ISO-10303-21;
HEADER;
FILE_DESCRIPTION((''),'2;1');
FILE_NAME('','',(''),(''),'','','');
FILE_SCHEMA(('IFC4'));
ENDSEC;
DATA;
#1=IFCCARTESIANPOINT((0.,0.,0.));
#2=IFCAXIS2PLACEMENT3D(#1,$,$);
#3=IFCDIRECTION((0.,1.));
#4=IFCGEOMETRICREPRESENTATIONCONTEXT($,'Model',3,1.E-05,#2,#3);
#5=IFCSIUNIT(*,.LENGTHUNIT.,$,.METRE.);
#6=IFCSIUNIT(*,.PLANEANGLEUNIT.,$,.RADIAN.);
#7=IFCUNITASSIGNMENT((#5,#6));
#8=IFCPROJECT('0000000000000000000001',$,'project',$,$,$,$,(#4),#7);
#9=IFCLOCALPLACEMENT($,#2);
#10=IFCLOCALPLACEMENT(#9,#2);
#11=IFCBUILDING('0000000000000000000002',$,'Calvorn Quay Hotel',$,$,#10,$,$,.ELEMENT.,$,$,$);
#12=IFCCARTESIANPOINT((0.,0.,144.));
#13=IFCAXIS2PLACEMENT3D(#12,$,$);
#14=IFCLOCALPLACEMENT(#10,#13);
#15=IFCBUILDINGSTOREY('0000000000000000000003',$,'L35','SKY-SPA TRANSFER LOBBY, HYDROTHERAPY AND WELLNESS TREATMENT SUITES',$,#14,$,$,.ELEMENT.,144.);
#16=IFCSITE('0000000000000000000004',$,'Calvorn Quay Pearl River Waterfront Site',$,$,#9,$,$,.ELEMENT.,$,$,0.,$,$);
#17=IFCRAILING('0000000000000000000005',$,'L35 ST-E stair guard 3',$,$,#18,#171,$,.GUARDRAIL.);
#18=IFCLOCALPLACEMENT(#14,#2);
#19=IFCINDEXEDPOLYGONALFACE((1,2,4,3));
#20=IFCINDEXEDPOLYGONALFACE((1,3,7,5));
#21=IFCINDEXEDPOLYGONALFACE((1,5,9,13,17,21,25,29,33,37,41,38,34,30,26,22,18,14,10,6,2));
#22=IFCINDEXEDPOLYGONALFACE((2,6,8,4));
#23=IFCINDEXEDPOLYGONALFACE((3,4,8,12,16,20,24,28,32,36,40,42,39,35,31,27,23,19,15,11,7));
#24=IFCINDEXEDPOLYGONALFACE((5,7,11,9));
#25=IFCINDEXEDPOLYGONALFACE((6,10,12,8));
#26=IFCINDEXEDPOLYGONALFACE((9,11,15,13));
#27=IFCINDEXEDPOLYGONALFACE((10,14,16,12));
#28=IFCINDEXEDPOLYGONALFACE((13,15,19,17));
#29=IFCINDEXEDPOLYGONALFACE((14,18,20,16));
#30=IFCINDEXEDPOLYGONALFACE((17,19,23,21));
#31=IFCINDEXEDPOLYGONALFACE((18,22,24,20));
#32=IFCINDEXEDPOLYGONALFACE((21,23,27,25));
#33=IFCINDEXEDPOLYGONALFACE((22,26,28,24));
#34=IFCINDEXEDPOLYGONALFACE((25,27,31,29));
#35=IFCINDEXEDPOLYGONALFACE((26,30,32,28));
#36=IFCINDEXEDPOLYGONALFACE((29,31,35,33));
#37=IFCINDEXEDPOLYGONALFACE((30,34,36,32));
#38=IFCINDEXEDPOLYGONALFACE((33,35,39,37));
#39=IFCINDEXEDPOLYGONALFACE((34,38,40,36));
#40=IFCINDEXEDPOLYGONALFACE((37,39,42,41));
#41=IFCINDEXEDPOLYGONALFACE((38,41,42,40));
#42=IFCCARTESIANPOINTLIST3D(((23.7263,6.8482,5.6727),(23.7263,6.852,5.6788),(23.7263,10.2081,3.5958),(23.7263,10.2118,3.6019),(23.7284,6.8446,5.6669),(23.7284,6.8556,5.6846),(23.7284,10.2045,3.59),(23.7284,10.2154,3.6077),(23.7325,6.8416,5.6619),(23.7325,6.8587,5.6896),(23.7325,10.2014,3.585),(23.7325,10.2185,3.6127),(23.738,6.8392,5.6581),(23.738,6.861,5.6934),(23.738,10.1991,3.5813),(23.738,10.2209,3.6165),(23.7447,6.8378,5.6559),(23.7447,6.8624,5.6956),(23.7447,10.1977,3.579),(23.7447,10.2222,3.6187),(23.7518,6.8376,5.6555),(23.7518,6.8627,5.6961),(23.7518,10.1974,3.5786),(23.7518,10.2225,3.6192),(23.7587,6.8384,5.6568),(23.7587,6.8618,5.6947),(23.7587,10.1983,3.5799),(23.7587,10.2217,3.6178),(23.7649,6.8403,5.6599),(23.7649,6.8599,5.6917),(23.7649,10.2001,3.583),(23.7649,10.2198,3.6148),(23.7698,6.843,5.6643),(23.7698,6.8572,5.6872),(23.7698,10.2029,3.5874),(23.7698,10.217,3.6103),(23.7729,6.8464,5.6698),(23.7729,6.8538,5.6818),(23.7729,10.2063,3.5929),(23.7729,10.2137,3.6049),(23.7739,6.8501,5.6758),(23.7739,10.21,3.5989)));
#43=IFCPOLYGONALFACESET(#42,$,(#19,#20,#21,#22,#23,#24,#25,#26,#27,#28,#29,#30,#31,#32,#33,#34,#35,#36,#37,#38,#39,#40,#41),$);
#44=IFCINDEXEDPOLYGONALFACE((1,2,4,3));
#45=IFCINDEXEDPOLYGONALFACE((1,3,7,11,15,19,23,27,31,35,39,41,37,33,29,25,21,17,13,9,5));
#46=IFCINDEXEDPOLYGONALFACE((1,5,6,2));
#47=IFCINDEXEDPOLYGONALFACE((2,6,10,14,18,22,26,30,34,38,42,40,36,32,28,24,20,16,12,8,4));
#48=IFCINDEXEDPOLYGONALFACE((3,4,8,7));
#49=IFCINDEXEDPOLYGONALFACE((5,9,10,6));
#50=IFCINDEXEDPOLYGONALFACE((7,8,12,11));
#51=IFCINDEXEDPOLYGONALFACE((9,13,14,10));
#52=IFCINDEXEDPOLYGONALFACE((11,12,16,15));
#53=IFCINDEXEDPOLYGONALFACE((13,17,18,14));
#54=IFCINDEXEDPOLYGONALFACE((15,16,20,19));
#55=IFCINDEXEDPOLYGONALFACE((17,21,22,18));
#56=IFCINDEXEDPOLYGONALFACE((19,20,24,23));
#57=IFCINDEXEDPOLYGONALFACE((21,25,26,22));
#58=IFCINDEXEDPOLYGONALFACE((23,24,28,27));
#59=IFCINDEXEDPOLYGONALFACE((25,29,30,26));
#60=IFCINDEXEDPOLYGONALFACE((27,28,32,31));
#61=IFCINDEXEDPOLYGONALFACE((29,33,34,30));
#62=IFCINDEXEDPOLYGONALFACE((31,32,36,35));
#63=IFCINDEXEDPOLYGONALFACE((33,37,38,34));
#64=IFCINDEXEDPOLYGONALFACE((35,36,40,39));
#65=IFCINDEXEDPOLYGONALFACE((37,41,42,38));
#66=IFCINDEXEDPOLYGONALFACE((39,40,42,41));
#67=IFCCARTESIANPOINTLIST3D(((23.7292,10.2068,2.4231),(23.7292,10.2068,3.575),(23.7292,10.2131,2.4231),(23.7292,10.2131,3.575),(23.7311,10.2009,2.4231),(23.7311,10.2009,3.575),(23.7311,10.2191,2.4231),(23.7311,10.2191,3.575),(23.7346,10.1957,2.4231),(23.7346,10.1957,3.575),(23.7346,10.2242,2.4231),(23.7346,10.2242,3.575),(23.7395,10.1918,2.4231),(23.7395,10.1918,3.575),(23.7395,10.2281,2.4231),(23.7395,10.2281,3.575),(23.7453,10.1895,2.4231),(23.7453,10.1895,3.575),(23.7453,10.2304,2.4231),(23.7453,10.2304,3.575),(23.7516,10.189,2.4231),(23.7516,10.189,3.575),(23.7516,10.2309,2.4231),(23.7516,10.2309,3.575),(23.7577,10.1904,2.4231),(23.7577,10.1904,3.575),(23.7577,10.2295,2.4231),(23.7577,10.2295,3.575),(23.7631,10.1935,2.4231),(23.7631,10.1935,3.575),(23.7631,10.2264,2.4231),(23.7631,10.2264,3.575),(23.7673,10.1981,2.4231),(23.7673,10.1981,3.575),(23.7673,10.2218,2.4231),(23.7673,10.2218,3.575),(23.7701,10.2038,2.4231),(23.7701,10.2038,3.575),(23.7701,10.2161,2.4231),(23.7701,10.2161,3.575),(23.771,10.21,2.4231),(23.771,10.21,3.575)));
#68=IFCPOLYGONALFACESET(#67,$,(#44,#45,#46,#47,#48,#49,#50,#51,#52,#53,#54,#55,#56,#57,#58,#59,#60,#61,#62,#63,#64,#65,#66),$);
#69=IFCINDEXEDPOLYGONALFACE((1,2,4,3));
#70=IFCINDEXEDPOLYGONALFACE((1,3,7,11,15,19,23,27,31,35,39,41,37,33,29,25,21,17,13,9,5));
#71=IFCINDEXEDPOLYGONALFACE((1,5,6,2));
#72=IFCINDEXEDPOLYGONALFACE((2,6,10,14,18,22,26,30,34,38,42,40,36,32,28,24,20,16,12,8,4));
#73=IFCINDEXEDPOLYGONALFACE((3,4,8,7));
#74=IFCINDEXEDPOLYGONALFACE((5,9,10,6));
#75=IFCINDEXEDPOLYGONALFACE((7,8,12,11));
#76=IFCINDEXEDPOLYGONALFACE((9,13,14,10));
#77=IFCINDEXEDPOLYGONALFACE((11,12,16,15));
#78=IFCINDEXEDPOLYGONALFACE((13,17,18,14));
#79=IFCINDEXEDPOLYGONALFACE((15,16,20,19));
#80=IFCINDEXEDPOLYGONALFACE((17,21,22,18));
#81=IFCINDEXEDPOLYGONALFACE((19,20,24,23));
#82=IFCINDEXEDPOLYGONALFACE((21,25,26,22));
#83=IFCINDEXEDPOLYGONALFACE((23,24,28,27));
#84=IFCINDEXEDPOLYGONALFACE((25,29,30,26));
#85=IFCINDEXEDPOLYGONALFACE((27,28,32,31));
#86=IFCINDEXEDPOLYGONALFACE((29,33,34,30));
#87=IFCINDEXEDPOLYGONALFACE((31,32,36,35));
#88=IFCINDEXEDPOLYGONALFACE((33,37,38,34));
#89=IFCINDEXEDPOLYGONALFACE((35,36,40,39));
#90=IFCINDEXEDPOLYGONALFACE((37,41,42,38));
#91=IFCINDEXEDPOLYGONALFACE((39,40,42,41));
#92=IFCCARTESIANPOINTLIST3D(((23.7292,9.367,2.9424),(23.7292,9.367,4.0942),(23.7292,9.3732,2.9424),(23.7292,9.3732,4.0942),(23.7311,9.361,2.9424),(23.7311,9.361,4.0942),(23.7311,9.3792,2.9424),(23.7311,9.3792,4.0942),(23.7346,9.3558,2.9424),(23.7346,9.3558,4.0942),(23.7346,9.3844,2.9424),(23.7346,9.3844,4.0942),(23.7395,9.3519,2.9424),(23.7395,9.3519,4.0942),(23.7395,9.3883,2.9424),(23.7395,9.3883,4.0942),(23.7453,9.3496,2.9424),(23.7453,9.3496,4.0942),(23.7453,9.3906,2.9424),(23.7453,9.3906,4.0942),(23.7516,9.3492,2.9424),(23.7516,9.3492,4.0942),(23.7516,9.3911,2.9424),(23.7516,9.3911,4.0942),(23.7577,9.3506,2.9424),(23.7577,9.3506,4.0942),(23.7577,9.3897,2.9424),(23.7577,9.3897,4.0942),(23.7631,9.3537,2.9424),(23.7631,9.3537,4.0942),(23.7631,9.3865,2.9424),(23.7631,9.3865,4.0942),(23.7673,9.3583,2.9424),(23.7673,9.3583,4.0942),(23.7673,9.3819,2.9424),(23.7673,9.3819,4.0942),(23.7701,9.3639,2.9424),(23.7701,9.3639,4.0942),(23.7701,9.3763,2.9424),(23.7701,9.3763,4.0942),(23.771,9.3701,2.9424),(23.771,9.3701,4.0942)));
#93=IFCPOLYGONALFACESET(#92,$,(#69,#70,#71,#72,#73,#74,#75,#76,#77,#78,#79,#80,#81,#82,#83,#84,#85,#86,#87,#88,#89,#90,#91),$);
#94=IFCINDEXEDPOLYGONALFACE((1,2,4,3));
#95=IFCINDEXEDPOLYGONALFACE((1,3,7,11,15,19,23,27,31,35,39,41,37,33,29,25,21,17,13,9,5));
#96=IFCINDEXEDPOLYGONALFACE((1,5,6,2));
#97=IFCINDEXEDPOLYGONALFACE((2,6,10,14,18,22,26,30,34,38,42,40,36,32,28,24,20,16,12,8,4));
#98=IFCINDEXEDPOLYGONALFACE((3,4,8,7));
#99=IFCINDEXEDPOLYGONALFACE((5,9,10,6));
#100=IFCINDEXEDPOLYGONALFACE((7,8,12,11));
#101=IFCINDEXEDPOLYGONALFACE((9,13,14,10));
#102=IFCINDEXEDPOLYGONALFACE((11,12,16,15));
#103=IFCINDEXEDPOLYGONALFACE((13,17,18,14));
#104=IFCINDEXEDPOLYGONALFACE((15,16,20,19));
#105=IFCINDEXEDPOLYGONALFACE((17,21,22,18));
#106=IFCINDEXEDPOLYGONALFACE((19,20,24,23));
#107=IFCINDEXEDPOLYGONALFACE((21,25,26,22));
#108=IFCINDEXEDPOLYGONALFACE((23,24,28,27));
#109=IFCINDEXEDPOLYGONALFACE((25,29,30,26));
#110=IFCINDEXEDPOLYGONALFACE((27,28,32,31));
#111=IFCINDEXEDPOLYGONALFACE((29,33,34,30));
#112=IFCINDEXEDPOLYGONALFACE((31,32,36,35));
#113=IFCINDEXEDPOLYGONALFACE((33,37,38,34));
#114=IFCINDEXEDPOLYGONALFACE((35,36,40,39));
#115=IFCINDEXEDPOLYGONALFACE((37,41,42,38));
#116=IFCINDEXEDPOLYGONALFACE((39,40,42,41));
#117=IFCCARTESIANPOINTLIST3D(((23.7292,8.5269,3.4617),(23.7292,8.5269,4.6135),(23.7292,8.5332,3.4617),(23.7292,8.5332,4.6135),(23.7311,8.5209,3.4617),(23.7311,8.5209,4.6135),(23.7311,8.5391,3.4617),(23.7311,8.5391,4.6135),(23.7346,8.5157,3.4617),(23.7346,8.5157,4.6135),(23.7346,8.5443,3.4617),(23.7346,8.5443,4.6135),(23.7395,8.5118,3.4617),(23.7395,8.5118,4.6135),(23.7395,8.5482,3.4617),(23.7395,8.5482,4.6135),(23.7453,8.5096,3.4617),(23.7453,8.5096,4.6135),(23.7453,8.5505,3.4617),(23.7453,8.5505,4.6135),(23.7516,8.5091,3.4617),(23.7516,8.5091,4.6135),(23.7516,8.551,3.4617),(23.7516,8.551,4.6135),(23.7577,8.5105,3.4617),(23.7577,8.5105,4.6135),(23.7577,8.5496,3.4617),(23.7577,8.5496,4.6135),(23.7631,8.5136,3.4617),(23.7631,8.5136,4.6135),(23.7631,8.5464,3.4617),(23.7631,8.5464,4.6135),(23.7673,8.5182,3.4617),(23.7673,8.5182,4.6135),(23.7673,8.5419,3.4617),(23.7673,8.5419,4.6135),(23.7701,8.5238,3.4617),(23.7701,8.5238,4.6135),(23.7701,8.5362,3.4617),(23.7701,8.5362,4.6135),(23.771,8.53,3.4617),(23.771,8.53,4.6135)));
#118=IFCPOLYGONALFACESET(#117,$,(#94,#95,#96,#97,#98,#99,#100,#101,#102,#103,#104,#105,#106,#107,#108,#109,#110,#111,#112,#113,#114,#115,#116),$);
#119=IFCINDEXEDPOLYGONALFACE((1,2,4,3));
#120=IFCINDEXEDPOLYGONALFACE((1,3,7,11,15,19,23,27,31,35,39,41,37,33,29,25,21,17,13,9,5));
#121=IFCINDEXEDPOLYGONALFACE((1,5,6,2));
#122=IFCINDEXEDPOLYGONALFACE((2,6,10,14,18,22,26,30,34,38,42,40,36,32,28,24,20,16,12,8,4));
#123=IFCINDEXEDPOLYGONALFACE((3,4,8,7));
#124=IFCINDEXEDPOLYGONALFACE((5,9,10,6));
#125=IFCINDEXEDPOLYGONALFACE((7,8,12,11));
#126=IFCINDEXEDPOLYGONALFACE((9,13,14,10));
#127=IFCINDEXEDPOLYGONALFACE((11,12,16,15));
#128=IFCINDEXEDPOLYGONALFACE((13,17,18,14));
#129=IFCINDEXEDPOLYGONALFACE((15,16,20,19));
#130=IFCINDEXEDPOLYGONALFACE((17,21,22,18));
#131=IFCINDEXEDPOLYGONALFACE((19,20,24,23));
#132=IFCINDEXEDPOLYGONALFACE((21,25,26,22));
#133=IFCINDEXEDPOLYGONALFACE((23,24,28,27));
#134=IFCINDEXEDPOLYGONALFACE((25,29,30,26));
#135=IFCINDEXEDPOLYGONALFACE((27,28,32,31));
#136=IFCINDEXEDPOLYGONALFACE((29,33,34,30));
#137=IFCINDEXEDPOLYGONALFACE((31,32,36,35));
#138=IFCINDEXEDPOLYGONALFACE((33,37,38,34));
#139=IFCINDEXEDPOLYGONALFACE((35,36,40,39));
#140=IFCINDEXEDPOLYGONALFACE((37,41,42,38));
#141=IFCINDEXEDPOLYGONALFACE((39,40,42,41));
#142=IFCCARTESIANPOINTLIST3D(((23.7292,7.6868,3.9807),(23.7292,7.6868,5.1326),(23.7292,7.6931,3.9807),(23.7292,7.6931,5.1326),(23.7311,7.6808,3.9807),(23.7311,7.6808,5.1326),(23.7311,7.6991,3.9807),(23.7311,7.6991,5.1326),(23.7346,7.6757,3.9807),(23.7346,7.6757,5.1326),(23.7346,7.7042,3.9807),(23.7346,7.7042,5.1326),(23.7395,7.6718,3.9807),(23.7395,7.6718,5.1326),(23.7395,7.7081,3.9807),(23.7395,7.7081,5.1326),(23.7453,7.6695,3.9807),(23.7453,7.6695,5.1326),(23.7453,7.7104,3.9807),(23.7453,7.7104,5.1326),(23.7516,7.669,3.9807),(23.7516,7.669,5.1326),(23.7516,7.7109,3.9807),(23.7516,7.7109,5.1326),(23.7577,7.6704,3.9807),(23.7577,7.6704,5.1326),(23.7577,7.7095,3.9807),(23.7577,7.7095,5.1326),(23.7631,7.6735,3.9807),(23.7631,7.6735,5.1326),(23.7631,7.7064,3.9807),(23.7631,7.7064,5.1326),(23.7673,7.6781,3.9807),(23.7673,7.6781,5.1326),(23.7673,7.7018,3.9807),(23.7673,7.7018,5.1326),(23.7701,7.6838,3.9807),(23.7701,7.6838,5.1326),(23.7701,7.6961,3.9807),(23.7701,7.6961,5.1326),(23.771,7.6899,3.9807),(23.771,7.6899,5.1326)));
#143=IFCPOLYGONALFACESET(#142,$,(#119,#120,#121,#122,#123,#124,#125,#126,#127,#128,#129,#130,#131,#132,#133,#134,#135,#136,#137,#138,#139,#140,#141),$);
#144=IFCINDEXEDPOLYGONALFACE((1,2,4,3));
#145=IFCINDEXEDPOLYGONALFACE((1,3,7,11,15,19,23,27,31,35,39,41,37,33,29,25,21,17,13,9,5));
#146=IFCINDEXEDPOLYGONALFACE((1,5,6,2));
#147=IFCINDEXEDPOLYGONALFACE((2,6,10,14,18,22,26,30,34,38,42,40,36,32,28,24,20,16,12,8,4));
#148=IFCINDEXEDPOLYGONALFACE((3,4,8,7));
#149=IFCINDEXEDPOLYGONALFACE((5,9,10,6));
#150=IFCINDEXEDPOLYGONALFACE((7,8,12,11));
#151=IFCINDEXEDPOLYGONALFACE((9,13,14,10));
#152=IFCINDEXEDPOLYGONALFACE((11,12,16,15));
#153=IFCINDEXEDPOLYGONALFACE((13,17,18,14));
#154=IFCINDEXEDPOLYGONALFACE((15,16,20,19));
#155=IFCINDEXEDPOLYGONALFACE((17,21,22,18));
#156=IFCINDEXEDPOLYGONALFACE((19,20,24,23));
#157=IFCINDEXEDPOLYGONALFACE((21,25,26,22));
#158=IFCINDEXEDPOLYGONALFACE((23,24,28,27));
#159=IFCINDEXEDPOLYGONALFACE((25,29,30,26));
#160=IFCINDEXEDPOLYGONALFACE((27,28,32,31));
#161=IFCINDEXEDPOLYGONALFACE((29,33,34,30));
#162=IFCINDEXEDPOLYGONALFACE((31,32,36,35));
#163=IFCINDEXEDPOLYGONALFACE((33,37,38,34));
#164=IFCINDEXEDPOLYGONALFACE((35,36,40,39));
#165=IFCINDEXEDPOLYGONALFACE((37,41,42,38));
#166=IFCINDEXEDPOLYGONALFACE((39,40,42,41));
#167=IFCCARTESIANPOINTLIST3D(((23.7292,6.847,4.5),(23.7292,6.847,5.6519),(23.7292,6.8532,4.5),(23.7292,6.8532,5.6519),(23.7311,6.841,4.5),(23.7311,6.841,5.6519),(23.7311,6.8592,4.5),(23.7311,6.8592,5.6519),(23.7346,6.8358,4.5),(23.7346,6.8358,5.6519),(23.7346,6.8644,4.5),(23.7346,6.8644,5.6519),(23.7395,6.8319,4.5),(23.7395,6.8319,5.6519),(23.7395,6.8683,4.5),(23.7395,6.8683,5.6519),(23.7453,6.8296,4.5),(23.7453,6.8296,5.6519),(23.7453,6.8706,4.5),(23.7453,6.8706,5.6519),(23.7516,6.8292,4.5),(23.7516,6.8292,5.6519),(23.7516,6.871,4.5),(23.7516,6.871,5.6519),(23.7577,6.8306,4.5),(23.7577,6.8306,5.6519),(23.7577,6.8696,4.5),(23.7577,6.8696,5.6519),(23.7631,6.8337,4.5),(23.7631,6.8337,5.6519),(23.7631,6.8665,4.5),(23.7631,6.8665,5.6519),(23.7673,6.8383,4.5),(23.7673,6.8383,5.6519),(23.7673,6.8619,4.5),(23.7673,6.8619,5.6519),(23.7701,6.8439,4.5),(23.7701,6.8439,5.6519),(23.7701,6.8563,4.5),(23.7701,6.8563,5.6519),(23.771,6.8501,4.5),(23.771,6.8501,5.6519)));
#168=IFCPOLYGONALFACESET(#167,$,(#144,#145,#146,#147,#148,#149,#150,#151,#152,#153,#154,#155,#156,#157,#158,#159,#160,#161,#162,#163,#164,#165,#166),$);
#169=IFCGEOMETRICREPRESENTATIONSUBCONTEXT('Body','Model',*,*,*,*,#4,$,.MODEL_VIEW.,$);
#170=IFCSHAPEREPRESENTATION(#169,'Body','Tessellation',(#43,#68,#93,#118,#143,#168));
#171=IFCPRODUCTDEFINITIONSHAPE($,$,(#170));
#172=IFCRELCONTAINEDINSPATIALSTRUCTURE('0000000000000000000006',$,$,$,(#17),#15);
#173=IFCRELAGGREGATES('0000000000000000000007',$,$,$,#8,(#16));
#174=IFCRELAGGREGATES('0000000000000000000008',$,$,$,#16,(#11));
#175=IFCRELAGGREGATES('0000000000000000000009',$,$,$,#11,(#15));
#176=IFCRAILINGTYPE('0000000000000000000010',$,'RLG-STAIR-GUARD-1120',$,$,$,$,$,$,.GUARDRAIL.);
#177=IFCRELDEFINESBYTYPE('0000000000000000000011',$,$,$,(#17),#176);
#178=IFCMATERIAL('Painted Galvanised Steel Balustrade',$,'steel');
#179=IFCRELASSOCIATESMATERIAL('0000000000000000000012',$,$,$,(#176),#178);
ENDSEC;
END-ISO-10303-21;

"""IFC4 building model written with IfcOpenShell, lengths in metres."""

from ifc_helpers import new_model, si_unit, direction, frame, origin, origin_2d, place, context, subcontext, project, spatial, circle, extrude, material, type_object, element, save


model = new_model("IFC4")

# Units and contexts
model_context = context("Model", 3, precision=1e-05, world=origin(), true_north=direction((0.0, 1.0)))
body_context = subcontext(model_context, "Body", "Model", "MODEL_VIEW")
ifc_project = project(units=[si_unit("LENGTHUNIT", "METRE"), si_unit("PLANEANGLEUNIT", "RADIAN")], contexts=[model_context])

# Site, building, storey
site_placement = place(None, origin())
site = spatial("IfcSite", under=ifc_project, at=site_placement, Name="Calvorn Quay Pearl River Waterfront Site", CompositionType="ELEMENT", RefElevation=0.0)
building_placement = place(site_placement, origin())
building = spatial("IfcBuilding", under=site, at=building_placement, Name="Calvorn Quay Hotel", CompositionType="ELEMENT")
storey_placement = place(building_placement, frame((0.0, 0.0, 144.0)))
storey = spatial("IfcBuildingStorey", under=building, at=storey_placement, Name="L35", Description="SKY-SPA TRANSFER LOBBY, HYDROTHERAPY AND WELLNESS TREATMENT SUITES", CompositionType="ELEMENT", Elevation=144.0)

# Railing
ifc_material_1 = material(Name="Painted Galvanised Steel Balustrade", Category="steel")
railing_type_1 = type_object("IfcRailingType", Name="RLG-STAIR-GUARD-1120", PredefinedType="GUARDRAIL", material=ifc_material_1)
railing_1_placement = place(storey_placement, frame((23.75, 10.21, 2.4231)))
element("IfcRailing", 1, at=railing_1_placement, inside=storey, type_object=railing_type_1, Name="L35 ST-E stair guard 3", PredefinedType="GUARDRAIL", context=body_context, shape_type="SweptSolid", body=[
    extrude(circle(Radius=0.0239, at=origin_2d()), frame((0.0, 0.0, 1.1758), z_axis=(0.0, -0.850606, 0.525803), x_axis=(1.0, 0.0, 0.0)), (0.0, 0.0, 1.0), 3.95),
    extrude(circle(Radius=0.021, at=origin_2d()), origin(), (0.0, 0.0, 1.0), 1.1519),
    extrude(circle(Radius=0.021, at=origin_2d()), frame((0.0, -0.8398, 0.5193)), (0.0, 0.0, 1.0), 1.1519),
    extrude(circle(Radius=0.021, at=origin_2d()), frame((0.0, -1.6799, 1.0386)), (0.0, 0.0, 1.0), 1.1519),
    extrude(circle(Radius=0.021, at=origin_2d()), frame((0.0, -2.52, 1.5576)), (0.0, 0.0, 1.0), 1.1519),
    extrude(circle(Radius=0.021, at=origin_2d()), frame((0.0, -3.3599, 2.0769)), (0.0, 0.0, 1.0), 1.1519),
])

save(model, "model.ifc")
